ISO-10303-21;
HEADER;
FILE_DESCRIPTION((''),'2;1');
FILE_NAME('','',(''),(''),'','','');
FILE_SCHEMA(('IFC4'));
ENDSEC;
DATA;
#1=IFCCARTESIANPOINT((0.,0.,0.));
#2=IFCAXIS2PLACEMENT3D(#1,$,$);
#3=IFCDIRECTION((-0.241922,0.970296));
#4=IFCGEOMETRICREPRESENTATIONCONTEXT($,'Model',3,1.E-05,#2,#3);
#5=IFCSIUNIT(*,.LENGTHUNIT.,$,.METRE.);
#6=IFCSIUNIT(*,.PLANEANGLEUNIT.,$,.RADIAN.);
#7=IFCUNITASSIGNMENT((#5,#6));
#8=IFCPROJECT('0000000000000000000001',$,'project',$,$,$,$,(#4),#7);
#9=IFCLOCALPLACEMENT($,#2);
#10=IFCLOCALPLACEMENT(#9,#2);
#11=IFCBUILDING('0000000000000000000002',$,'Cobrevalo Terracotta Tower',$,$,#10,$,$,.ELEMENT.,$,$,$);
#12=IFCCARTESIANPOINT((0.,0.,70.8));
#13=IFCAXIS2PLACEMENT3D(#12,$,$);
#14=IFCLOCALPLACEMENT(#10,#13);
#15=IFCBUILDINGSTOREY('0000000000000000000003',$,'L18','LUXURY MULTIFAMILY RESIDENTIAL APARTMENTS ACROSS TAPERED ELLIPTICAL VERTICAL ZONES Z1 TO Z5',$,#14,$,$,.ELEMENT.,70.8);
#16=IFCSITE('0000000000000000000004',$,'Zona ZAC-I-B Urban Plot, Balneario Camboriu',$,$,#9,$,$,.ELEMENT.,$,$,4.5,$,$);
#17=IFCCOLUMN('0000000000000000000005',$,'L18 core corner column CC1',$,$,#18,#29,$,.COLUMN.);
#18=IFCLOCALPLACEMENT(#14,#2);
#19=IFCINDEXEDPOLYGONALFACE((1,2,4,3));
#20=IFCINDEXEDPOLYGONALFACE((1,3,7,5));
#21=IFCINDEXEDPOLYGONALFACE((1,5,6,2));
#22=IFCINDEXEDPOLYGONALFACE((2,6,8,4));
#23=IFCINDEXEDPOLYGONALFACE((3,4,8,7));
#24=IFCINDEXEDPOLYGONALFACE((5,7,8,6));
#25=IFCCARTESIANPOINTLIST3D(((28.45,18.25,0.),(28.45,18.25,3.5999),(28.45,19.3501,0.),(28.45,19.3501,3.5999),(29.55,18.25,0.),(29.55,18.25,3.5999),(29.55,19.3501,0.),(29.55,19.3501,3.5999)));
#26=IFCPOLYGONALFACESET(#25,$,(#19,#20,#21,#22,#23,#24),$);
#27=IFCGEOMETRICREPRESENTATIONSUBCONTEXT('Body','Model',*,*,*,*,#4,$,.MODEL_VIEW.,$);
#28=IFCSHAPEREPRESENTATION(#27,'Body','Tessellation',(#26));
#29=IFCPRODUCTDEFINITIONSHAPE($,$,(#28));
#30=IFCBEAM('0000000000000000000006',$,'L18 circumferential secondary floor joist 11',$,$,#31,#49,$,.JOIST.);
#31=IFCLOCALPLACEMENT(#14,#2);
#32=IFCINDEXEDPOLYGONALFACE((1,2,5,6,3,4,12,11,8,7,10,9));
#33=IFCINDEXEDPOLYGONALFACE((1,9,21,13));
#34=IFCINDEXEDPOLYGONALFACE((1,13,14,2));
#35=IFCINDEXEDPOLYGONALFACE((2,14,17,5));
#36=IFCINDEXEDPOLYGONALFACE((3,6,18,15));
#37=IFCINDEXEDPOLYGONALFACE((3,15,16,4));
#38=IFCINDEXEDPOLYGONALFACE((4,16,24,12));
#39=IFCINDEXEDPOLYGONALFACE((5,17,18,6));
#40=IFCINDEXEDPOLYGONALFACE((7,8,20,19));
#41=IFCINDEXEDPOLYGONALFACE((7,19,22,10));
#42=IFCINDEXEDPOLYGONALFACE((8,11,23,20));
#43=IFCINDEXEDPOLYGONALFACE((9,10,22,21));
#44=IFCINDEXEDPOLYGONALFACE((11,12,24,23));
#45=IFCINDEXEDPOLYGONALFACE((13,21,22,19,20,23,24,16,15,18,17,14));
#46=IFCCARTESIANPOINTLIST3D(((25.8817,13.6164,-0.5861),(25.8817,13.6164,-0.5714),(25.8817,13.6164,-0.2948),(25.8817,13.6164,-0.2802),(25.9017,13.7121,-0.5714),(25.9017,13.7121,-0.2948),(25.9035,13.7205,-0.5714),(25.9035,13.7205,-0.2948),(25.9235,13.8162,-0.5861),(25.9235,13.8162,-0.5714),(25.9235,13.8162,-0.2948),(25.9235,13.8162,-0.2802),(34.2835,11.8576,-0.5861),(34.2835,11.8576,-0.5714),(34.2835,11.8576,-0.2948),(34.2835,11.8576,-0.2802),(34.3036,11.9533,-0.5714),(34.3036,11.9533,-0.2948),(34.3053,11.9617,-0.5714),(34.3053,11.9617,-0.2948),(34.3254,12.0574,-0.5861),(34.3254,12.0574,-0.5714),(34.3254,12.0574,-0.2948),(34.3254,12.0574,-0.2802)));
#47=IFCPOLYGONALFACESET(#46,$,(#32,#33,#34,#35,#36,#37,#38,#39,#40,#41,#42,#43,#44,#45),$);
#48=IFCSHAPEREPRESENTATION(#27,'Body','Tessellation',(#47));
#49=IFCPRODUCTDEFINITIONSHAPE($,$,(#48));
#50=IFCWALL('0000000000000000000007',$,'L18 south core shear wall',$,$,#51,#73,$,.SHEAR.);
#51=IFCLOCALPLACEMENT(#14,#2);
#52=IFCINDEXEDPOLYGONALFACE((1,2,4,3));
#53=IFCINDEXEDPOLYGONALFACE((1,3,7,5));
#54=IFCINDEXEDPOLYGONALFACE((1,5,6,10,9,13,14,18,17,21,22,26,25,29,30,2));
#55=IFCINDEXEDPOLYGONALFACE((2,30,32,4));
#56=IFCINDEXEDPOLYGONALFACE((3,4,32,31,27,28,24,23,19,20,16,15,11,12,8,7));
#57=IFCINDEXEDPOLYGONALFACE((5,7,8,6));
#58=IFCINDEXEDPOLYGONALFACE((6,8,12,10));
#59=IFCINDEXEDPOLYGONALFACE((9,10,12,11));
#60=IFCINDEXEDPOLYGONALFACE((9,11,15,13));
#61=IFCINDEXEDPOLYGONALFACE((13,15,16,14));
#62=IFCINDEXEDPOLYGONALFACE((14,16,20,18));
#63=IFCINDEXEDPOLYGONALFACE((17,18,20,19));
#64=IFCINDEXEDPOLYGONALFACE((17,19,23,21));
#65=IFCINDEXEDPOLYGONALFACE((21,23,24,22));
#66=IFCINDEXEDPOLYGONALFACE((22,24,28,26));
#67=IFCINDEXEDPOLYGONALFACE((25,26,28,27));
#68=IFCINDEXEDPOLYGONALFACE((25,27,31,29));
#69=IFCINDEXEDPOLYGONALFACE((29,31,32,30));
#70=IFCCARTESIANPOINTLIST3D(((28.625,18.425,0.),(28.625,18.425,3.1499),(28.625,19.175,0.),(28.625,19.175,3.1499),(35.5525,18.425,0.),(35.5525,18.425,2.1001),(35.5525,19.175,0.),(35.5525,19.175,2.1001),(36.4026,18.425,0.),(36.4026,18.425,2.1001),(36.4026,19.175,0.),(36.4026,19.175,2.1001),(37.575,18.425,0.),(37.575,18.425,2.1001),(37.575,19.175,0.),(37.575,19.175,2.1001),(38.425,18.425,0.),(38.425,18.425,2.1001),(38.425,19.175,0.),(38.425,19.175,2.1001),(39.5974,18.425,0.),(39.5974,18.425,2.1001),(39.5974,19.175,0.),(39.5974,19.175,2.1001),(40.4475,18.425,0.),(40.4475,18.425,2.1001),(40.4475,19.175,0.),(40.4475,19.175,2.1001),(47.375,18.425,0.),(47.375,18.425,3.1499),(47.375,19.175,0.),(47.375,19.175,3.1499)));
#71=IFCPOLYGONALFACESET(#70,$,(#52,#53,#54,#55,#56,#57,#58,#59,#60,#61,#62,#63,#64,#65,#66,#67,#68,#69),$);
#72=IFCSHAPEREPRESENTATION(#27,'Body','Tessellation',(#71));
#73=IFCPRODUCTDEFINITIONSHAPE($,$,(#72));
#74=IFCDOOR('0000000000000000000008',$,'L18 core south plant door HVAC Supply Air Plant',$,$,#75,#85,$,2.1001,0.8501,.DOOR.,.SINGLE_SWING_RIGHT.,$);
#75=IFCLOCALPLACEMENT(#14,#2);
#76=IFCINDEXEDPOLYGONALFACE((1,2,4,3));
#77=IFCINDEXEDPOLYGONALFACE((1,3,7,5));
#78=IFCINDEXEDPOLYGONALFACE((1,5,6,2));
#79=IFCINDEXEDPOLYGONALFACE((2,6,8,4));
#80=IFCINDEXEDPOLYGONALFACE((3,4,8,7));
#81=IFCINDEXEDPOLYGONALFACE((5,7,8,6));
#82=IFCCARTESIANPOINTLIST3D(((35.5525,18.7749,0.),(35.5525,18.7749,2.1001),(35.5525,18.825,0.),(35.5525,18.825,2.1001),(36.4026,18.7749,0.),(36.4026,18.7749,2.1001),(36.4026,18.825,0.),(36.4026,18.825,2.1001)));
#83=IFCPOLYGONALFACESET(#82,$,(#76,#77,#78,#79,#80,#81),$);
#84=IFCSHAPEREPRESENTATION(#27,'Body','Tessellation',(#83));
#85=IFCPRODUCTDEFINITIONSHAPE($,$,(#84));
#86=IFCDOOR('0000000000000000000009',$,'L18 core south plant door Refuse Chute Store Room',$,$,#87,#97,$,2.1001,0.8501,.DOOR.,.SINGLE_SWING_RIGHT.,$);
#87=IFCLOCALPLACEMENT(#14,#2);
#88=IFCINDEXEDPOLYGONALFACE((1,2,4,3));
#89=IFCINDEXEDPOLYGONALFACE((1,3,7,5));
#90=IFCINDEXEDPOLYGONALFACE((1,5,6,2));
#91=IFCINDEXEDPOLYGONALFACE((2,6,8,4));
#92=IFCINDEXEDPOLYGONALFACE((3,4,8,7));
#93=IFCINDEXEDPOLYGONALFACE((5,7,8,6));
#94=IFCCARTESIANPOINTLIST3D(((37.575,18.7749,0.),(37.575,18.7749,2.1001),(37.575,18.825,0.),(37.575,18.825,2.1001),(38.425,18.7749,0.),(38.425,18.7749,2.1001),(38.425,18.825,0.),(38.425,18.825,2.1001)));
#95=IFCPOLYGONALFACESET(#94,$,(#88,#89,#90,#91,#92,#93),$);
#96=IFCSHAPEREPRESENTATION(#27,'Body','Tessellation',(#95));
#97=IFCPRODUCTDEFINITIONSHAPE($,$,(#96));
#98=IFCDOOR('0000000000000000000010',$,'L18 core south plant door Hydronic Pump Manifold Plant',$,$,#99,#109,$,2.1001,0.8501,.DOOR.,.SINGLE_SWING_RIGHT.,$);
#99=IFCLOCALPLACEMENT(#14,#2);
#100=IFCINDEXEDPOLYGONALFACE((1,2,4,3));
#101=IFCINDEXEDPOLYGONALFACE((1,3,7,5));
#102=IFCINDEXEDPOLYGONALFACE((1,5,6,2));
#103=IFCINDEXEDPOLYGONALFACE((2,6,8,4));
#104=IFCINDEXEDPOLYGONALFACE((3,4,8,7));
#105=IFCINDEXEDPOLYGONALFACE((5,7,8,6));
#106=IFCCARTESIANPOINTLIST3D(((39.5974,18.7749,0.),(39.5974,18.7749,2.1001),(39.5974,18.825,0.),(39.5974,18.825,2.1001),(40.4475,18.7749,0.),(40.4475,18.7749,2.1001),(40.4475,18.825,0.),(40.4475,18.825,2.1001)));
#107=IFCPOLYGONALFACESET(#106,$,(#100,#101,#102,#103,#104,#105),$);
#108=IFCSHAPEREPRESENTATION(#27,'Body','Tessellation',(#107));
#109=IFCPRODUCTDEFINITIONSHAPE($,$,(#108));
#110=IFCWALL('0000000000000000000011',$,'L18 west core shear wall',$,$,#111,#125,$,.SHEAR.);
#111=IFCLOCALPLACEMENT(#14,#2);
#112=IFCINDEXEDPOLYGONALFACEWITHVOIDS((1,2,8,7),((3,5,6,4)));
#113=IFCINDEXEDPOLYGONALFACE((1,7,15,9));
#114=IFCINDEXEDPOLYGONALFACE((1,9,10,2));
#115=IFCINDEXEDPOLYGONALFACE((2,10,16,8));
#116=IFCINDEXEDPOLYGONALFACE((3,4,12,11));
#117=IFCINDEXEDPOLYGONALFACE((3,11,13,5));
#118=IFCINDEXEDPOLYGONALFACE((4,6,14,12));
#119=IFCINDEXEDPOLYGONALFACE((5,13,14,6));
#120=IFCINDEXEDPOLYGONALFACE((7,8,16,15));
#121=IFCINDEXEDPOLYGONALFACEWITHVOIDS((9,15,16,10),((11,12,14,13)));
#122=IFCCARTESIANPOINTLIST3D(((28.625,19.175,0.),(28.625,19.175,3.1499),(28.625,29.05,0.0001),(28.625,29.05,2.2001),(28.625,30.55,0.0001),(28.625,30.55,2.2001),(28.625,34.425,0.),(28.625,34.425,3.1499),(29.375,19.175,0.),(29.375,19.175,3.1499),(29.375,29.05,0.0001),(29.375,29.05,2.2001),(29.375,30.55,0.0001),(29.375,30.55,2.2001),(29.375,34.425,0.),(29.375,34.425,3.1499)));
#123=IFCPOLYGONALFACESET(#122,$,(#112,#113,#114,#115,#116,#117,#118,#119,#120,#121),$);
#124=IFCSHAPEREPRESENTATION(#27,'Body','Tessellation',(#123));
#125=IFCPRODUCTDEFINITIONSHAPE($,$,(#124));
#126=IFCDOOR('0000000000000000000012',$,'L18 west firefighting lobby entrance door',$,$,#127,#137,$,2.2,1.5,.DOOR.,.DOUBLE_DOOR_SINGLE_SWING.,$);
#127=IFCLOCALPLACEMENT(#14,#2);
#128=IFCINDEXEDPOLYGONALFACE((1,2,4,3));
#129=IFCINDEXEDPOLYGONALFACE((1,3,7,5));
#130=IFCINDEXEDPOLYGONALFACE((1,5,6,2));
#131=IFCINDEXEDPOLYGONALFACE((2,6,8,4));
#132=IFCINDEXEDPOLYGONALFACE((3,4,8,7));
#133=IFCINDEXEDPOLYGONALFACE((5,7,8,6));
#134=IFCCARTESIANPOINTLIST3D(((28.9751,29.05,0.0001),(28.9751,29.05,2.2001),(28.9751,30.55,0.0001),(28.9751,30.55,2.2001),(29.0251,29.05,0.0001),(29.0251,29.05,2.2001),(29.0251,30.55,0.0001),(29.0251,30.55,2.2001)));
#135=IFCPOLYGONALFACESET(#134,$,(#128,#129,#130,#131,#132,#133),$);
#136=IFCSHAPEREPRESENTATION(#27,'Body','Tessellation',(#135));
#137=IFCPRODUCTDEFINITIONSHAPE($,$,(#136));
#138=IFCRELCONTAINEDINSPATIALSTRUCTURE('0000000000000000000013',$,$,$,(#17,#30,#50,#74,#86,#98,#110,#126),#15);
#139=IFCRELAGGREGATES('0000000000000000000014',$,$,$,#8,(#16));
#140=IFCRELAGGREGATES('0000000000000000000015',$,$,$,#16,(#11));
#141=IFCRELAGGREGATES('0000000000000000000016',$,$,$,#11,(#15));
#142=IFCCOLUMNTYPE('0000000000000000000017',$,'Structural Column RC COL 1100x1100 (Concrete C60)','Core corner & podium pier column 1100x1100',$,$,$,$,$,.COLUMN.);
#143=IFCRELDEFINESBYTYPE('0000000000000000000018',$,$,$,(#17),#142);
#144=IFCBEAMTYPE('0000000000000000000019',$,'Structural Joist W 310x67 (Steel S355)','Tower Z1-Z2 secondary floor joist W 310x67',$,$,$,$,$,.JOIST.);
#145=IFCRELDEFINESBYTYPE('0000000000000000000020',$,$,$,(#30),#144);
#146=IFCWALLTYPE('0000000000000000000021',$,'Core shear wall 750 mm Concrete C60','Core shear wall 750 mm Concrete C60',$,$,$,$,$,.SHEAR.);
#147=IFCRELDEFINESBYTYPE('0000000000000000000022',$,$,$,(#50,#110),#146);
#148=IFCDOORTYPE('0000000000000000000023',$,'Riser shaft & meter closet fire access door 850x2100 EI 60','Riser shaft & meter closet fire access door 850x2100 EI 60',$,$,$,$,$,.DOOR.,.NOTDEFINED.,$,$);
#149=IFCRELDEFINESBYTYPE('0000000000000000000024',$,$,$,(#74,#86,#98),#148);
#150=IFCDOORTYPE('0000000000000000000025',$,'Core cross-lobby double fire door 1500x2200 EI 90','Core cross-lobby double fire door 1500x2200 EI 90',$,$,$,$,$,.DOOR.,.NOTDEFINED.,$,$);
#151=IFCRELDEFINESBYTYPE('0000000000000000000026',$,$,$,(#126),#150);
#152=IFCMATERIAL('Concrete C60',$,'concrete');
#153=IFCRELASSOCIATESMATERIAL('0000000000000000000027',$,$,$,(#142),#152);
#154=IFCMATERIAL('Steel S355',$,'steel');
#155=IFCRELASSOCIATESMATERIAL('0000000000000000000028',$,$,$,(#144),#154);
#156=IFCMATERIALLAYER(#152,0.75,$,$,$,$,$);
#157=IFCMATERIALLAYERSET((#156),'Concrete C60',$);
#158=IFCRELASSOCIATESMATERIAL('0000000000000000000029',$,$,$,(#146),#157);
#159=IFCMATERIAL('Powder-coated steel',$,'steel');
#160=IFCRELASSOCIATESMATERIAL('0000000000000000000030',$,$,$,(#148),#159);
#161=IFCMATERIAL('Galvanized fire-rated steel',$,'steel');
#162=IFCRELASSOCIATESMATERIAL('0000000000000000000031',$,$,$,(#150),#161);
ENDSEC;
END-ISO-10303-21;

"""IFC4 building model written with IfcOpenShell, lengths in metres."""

from ifc_helpers import new_model, si_unit, direction, frame, frame_2d, origin, origin_2d, place, context, subcontext, project, spatial, rectangle, i_section, extrude, source, transform, mapped, material, layer, layer_set, material_profile, profile_set, type_object, element, fill, save


model = new_model("IFC4")

# Units and contexts
model_context = context("Model", 3, precision=1e-05, world=origin(), true_north=direction((-0.241922, 0.970296)))
body_context = subcontext(model_context, "Body", "Model", "MODEL_VIEW")
ifc_project = project(units=[si_unit("LENGTHUNIT", "METRE"), si_unit("PLANEANGLEUNIT", "RADIAN")], contexts=[model_context])

# Site, building, storey
site_placement = place(None, origin())
site = spatial("IfcSite", under=ifc_project, at=site_placement, Name="Zona ZAC-I-B Urban Plot, Balneario Camboriu", CompositionType="ELEMENT", RefElevation=4.5)
building_placement = place(site_placement, origin())
building = spatial("IfcBuilding", under=site, at=building_placement, Name="Cobrevalo Terracotta Tower", CompositionType="ELEMENT")
storey_placement = place(building_placement, frame((0.0, 0.0, 70.8)))
storey = spatial("IfcBuildingStorey", under=building, at=storey_placement, Name="L18", Description="LUXURY MULTIFAMILY RESIDENTIAL APARTMENTS ACROSS TAPERED ELLIPTICAL VERTICAL ZONES Z1 TO Z5", CompositionType="ELEMENT", Elevation=70.8)

# Column
ifc_material_1 = material(Name="Concrete C60", Category="concrete")
ifc_material_profile_1 = material_profile(ifc_material_1, rectangle(XDim=1.1001, YDim=1.1001, at=origin_2d()), Name="RC COL 1100x1100")
ifc_profile_set_1 = profile_set([ifc_material_profile_1], Name="Concrete C60")
column_type = type_object("IfcColumnType", Name="Structural Column RC COL 1100x1100 (Concrete C60)", Description="Core corner & podium pier column 1100x1100", PredefinedType="COLUMN", material=ifc_profile_set_1)
column_placement = place(storey_placement, frame((29.0, 18.8, 0.0), z_axis=(0.0, 0.0, 1.0), x_axis=(1.0, 0.0, 0.0)))
element("IfcColumn", 1, at=column_placement, inside=storey, type_object=column_type, Name="L18 core corner column CC1", PredefinedType="COLUMN", context=body_context, shape_type="SweptSolid", body=[
    extrude(rectangle(XDim=1.1001, YDim=1.1001, at=origin_2d()), origin(), (0.0, 0.0, 1.0), 3.5999),
])

# Beam
ifc_material_2 = material(Name="Steel S355", Category="steel")
ifc_material_profile_2 = material_profile(ifc_material_2, i_section(OverallWidth=0.2041, OverallDepth=0.3059, WebThickness=0.0085, FlangeThickness=0.0146, at=origin_2d()), Name="W 310x67")
ifc_profile_set_2 = profile_set([ifc_material_profile_2], Name="Steel S355")
beam_type = type_object("IfcBeamType", Name="Structural Joist W 310x67 (Steel S355)", Description="Tower Z1-Z2 secondary floor joist W 310x67", PredefinedType="JOIST", material=ifc_profile_set_2)
beam_placement = place(storey_placement, frame((25.9026, 13.7163, -0.4331), z_axis=(0.978785, -0.204892, 0.0), x_axis=(0.204892, 0.978785, 0.0)))
element("IfcBeam", 2, at=beam_placement, inside=storey, type_object=beam_type, Name="L18 circumferential secondary floor joist 11", PredefinedType="JOIST", context=body_context, shape_type="SweptSolid", body=[
    extrude(i_section(OverallWidth=0.2041, OverallDepth=0.3059, WebThickness=0.0085, FlangeThickness=0.0146, at=origin_2d()), origin(), (0.0, 0.0, 1.0), 8.584),
])

# Wall, openings, doors
ifc_layer_1 = layer(ifc_material_1, 0.75)
ifc_layer_set_1 = layer_set([ifc_layer_1], Name="Concrete C60")
wall_type_1 = type_object("IfcWallType", Name="Core shear wall 750 mm Concrete C60", Description="Core shear wall 750 mm Concrete C60", PredefinedType="SHEAR", material=ifc_layer_set_1)
wall_1_placement = place(storey_placement, frame((28.625, 18.8, 0.0), z_axis=(0.0, 0.0, 1.0), x_axis=(1.0, 0.0, 0.0)))
wall_1 = element("IfcWall", 3, at=wall_1_placement, inside=storey, type_object=wall_type_1, Name="L18 south core shear wall", PredefinedType="SHEAR", context=body_context, shape_type="SweptSolid", body=[
    extrude(rectangle(XDim=18.75, YDim=0.75, at=frame_2d((9.375, 0.0))), origin(), (0.0, 0.0, 1.0), 3.1499),
])
opening_1_placement = place(wall_1_placement, frame((6.9275, 0.0, 0.0)))
opening_1 = element("IfcOpeningElement", 4, at=opening_1_placement, cuts=wall_1, PredefinedType="OPENING", context=body_context, shape_type="SweptSolid", body=[
    extrude(rectangle(XDim=0.8501, YDim=2.1001, at=frame_2d((0.425, 1.05))), frame((0.0, 0.385, 0.0), z_axis=(0.0, -1.0, 0.0), x_axis=(1.0, 0.0, 0.0)), (0.0, 0.0, 1.0), 0.77),
])
opening_2_placement = place(wall_1_placement, frame((8.95, 0.0, 0.0)))
opening_2 = element("IfcOpeningElement", 5, at=opening_2_placement, cuts=wall_1, PredefinedType="OPENING", context=body_context, shape_type="SweptSolid", body=[
    extrude(rectangle(XDim=0.8501, YDim=2.1001, at=frame_2d((0.425, 1.05))), frame((0.0, 0.385, 0.0), z_axis=(0.0, -1.0, 0.0), x_axis=(1.0, 0.0, 0.0)), (0.0, 0.0, 1.0), 0.77),
])
opening_3_placement = place(wall_1_placement, frame((10.9724, 0.0, 0.0)))
opening_3 = element("IfcOpeningElement", 6, at=opening_3_placement, cuts=wall_1, PredefinedType="OPENING", context=body_context, shape_type="SweptSolid", body=[
    extrude(rectangle(XDim=0.8501, YDim=2.1001, at=frame_2d((0.425, 1.05))), frame((0.0, 0.385, 0.0), z_axis=(0.0, -1.0, 0.0), x_axis=(1.0, 0.0, 0.0)), (0.0, 0.0, 1.0), 0.77),
])
ifc_material_3 = material(Name="Powder-coated steel", Category="steel")
door_type_1 = type_object("IfcDoorType", Name="Riser shaft & meter closet fire access door 850x2100 EI 60", Description="Riser shaft & meter closet fire access door 850x2100 EI 60", OperationType="NOTDEFINED", PredefinedType="DOOR", material=ifc_material_3)
shared_shape_1 = source(origin(), body_context, "Body", "SweptSolid", [
    extrude(rectangle(XDim=0.8501, YDim=2.1001, at=frame_2d((0.425, 1.05))), frame((0.0, 0.0249, 0.0), z_axis=(0.0, -1.0, 0.0), x_axis=(1.0, 0.0, 0.0)), (0.0, 0.0, 1.0), 0.05),
])
door_1_placement = place(opening_1_placement, origin())
door_1 = element("IfcDoor", 7, at=door_1_placement, inside=storey, type_object=door_type_1, Name="L18 core south plant door HVAC Supply Air Plant", OperationType="SINGLE_SWING_RIGHT", OverallHeight=2.1001, OverallWidth=0.8501, PredefinedType="DOOR", context=body_context, shape_type="MappedRepresentation", body=[
    mapped(shared_shape_1, transform((0.0, 0.0, 0.0), scale=1.0)),
])
fill(opening_1, door_1)
door_2_placement = place(opening_2_placement, origin())
door_2 = element("IfcDoor", 8, at=door_2_placement, inside=storey, type_object=door_type_1, Name="L18 core south plant door Refuse Chute Store Room", OperationType="SINGLE_SWING_RIGHT", OverallHeight=2.1001, OverallWidth=0.8501, PredefinedType="DOOR", context=body_context, shape_type="MappedRepresentation", body=[
    mapped(shared_shape_1, transform((0.0, 0.0, 0.0), scale=1.0)),
])
fill(opening_2, door_2)
door_3_placement = place(opening_3_placement, origin())
door_3 = element("IfcDoor", 9, at=door_3_placement, inside=storey, type_object=door_type_1, Name="L18 core south plant door Hydronic Pump Manifold Plant", OperationType="SINGLE_SWING_RIGHT", OverallHeight=2.1001, OverallWidth=0.8501, PredefinedType="DOOR", context=body_context, shape_type="MappedRepresentation", body=[
    mapped(shared_shape_1, transform((0.0, 0.0, 0.0), scale=1.0)),
])
fill(opening_3, door_3)

# Wall, opening, door
wall_2_placement = place(storey_placement, frame((29.0, 19.175, 0.0), z_axis=(0.0, 0.0, 1.0), x_axis=(0.0, 1.0, 0.0)))
wall_2 = element("IfcWall", 10, at=wall_2_placement, inside=storey, type_object=wall_type_1, Name="L18 west core shear wall", PredefinedType="SHEAR", context=body_context, shape_type="SweptSolid", body=[
    extrude(rectangle(XDim=15.25, YDim=0.75, at=frame_2d((7.625, 0.0))), origin(), (0.0, 0.0, 1.0), 3.1499),
])
opening_4_placement = place(wall_2_placement, frame((9.875, 0.0, 0.0)))
opening_4 = element("IfcOpeningElement", 11, at=opening_4_placement, cuts=wall_2, PredefinedType="OPENING", context=body_context, shape_type="SweptSolid", body=[
    extrude(rectangle(XDim=1.5, YDim=2.2, at=frame_2d((0.75, 1.1001))), frame((0.0, 0.385, 0.0), z_axis=(0.0, -1.0, 0.0), x_axis=(1.0, 0.0, 0.0)), (0.0, 0.0, 1.0), 0.77),
])
ifc_material_4 = material(Name="Galvanized fire-rated steel", Category="steel")
door_type_2 = type_object("IfcDoorType", Name="Core cross-lobby double fire door 1500x2200 EI 90", Description="Core cross-lobby double fire door 1500x2200 EI 90", OperationType="NOTDEFINED", PredefinedType="DOOR", material=ifc_material_4)
shared_shape_2 = source(origin(), body_context, "Body", "SweptSolid", [
    extrude(rectangle(XDim=1.5, YDim=2.2, at=frame_2d((0.75, 1.1001))), frame((0.0, 0.0249, 0.0), z_axis=(0.0, -1.0, 0.0), x_axis=(1.0, 0.0, 0.0)), (0.0, 0.0, 1.0), 0.05),
])
door_4_placement = place(opening_4_placement, origin())
door_4 = element("IfcDoor", 12, at=door_4_placement, inside=storey, type_object=door_type_2, Name="L18 west firefighting lobby entrance door", OperationType="DOUBLE_DOOR_SINGLE_SWING", OverallHeight=2.2, OverallWidth=1.5, PredefinedType="DOOR", context=body_context, shape_type="MappedRepresentation", body=[
    mapped(shared_shape_2, transform((0.0, 0.0, 0.0), scale=1.0)),
])
fill(opening_4, door_4)

save(model, "model.ifc")
